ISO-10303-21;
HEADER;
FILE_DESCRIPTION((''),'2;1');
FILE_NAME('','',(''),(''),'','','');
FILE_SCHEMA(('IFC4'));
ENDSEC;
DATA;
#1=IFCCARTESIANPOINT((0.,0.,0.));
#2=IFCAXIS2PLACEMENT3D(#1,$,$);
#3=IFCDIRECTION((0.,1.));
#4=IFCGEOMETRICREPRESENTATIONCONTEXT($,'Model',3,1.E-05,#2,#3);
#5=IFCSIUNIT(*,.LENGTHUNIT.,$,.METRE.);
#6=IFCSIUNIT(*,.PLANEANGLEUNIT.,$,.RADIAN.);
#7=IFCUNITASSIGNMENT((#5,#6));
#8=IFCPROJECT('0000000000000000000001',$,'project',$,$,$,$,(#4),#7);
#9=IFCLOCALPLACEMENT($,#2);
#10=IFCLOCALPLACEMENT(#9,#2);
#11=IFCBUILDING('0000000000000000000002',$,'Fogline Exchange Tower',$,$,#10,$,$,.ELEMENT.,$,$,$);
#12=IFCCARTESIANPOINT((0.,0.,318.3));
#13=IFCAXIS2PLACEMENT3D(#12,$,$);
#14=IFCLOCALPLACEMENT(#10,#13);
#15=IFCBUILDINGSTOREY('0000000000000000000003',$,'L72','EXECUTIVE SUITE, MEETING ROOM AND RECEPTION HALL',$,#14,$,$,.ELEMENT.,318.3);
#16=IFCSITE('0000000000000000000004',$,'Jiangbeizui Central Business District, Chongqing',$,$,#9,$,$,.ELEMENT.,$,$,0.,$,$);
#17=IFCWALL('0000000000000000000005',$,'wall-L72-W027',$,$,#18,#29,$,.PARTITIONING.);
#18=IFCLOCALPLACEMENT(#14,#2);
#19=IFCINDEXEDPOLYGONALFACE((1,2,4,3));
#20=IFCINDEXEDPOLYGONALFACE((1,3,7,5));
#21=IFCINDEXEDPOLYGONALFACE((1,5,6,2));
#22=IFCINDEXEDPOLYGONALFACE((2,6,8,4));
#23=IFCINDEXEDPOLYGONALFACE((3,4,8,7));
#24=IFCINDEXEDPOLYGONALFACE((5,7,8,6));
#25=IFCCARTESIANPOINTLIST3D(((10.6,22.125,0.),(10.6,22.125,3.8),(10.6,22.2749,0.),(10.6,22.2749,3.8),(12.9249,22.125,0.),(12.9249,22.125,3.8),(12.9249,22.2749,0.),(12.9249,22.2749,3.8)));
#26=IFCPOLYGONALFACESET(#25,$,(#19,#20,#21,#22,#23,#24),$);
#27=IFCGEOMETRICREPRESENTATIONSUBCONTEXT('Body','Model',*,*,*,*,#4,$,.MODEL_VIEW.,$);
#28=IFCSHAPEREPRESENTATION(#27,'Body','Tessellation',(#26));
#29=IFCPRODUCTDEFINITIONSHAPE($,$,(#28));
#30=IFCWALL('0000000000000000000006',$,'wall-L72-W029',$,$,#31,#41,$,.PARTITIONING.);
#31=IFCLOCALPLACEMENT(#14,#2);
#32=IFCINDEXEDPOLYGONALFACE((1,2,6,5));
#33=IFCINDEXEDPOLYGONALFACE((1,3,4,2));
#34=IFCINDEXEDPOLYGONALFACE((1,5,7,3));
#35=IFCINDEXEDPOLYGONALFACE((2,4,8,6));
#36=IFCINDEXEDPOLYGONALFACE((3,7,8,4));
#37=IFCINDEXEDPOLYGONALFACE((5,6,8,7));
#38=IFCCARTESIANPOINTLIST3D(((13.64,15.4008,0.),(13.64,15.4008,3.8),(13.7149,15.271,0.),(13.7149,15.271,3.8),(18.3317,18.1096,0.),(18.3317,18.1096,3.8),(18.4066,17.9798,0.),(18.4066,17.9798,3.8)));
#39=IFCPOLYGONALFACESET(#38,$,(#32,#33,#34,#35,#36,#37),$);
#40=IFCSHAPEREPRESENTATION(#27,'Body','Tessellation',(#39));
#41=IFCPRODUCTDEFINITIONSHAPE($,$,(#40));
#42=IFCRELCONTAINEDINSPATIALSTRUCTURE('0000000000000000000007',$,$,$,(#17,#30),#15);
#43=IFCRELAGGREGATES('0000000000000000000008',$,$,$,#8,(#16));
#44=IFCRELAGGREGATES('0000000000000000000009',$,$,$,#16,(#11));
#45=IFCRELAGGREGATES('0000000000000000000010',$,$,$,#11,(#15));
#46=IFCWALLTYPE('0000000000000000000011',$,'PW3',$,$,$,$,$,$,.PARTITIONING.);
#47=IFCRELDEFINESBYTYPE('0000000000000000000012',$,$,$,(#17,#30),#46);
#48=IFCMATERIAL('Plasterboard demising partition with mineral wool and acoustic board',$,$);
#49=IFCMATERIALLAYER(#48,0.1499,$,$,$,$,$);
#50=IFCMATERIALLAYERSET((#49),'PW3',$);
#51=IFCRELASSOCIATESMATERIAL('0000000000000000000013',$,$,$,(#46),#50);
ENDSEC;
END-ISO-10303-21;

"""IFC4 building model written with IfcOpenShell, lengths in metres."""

from ifc_helpers import new_model, si_unit, direction, frame, frame_2d, origin, place, context, subcontext, project, spatial, rectangle, extrude, material, layer, layer_set, type_object, element, save


model = new_model("IFC4")

# Units and contexts
model_context = context("Model", 3, precision=1e-05, world=origin(), true_north=direction((0.0, 1.0)))
body_context = subcontext(model_context, "Body", "Model", "MODEL_VIEW")
ifc_project = project(units=[si_unit("LENGTHUNIT", "METRE"), si_unit("PLANEANGLEUNIT", "RADIAN")], contexts=[model_context])

# Site, building, storey
site_placement = place(None, origin())
site = spatial("IfcSite", under=ifc_project, at=site_placement, Name="Jiangbeizui Central Business District, Chongqing", CompositionType="ELEMENT", RefElevation=0.0)
building_placement = place(site_placement, origin())
building = spatial("IfcBuilding", under=site, at=building_placement, Name="Fogline Exchange Tower", CompositionType="ELEMENT")
storey_placement = place(building_placement, frame((0.0, 0.0, 318.3)))
storey = spatial("IfcBuildingStorey", under=building, at=storey_placement, Name="L72", Description="EXECUTIVE SUITE, MEETING ROOM AND RECEPTION HALL", CompositionType="ELEMENT", Elevation=318.3)

# Walls
ifc_material_1 = material(Name="Plasterboard demising partition with mineral wool and acoustic board")
ifc_layer_1 = layer(ifc_material_1, 0.1499)
ifc_layer_set_1 = layer_set([ifc_layer_1], Name="PW3")
wall_type_1 = type_object("IfcWallType", Name="PW3", PredefinedType="PARTITIONING", material=ifc_layer_set_1)
wall_1_placement = place(storey_placement, frame((12.925, 22.2, 0.0), z_axis=(0.0, 0.0, 1.0), x_axis=(-1.0, 0.0, 0.0)))
element("IfcWall", 1, at=wall_1_placement, inside=storey, type_object=wall_type_1, Name="wall-L72-W027", PredefinedType="PARTITIONING", context=body_context, shape_type="SweptSolid", body=[
    extrude(rectangle(XDim=2.325, YDim=0.1499, at=frame_2d((1.1626, 0.0))), origin(), (0.0, 0.0, 1.0), 3.8),
])
wall_2_placement = place(storey_placement, frame((18.3691, 18.0447, 0.0), z_axis=(0.0, 0.0, 1.0), x_axis=(-0.866024, -0.500002, 0.0)))
element("IfcWall", 2, at=wall_2_placement, inside=storey, type_object=wall_type_1, Name="wall-L72-W029", PredefinedType="PARTITIONING", context=body_context, shape_type="SweptSolid", body=[
    extrude(rectangle(XDim=5.4175, YDim=0.1499, at=frame_2d((2.7087, 0.0))), origin(), (0.0, 0.0, 1.0), 3.8),
])

save(model, "model.ifc")
